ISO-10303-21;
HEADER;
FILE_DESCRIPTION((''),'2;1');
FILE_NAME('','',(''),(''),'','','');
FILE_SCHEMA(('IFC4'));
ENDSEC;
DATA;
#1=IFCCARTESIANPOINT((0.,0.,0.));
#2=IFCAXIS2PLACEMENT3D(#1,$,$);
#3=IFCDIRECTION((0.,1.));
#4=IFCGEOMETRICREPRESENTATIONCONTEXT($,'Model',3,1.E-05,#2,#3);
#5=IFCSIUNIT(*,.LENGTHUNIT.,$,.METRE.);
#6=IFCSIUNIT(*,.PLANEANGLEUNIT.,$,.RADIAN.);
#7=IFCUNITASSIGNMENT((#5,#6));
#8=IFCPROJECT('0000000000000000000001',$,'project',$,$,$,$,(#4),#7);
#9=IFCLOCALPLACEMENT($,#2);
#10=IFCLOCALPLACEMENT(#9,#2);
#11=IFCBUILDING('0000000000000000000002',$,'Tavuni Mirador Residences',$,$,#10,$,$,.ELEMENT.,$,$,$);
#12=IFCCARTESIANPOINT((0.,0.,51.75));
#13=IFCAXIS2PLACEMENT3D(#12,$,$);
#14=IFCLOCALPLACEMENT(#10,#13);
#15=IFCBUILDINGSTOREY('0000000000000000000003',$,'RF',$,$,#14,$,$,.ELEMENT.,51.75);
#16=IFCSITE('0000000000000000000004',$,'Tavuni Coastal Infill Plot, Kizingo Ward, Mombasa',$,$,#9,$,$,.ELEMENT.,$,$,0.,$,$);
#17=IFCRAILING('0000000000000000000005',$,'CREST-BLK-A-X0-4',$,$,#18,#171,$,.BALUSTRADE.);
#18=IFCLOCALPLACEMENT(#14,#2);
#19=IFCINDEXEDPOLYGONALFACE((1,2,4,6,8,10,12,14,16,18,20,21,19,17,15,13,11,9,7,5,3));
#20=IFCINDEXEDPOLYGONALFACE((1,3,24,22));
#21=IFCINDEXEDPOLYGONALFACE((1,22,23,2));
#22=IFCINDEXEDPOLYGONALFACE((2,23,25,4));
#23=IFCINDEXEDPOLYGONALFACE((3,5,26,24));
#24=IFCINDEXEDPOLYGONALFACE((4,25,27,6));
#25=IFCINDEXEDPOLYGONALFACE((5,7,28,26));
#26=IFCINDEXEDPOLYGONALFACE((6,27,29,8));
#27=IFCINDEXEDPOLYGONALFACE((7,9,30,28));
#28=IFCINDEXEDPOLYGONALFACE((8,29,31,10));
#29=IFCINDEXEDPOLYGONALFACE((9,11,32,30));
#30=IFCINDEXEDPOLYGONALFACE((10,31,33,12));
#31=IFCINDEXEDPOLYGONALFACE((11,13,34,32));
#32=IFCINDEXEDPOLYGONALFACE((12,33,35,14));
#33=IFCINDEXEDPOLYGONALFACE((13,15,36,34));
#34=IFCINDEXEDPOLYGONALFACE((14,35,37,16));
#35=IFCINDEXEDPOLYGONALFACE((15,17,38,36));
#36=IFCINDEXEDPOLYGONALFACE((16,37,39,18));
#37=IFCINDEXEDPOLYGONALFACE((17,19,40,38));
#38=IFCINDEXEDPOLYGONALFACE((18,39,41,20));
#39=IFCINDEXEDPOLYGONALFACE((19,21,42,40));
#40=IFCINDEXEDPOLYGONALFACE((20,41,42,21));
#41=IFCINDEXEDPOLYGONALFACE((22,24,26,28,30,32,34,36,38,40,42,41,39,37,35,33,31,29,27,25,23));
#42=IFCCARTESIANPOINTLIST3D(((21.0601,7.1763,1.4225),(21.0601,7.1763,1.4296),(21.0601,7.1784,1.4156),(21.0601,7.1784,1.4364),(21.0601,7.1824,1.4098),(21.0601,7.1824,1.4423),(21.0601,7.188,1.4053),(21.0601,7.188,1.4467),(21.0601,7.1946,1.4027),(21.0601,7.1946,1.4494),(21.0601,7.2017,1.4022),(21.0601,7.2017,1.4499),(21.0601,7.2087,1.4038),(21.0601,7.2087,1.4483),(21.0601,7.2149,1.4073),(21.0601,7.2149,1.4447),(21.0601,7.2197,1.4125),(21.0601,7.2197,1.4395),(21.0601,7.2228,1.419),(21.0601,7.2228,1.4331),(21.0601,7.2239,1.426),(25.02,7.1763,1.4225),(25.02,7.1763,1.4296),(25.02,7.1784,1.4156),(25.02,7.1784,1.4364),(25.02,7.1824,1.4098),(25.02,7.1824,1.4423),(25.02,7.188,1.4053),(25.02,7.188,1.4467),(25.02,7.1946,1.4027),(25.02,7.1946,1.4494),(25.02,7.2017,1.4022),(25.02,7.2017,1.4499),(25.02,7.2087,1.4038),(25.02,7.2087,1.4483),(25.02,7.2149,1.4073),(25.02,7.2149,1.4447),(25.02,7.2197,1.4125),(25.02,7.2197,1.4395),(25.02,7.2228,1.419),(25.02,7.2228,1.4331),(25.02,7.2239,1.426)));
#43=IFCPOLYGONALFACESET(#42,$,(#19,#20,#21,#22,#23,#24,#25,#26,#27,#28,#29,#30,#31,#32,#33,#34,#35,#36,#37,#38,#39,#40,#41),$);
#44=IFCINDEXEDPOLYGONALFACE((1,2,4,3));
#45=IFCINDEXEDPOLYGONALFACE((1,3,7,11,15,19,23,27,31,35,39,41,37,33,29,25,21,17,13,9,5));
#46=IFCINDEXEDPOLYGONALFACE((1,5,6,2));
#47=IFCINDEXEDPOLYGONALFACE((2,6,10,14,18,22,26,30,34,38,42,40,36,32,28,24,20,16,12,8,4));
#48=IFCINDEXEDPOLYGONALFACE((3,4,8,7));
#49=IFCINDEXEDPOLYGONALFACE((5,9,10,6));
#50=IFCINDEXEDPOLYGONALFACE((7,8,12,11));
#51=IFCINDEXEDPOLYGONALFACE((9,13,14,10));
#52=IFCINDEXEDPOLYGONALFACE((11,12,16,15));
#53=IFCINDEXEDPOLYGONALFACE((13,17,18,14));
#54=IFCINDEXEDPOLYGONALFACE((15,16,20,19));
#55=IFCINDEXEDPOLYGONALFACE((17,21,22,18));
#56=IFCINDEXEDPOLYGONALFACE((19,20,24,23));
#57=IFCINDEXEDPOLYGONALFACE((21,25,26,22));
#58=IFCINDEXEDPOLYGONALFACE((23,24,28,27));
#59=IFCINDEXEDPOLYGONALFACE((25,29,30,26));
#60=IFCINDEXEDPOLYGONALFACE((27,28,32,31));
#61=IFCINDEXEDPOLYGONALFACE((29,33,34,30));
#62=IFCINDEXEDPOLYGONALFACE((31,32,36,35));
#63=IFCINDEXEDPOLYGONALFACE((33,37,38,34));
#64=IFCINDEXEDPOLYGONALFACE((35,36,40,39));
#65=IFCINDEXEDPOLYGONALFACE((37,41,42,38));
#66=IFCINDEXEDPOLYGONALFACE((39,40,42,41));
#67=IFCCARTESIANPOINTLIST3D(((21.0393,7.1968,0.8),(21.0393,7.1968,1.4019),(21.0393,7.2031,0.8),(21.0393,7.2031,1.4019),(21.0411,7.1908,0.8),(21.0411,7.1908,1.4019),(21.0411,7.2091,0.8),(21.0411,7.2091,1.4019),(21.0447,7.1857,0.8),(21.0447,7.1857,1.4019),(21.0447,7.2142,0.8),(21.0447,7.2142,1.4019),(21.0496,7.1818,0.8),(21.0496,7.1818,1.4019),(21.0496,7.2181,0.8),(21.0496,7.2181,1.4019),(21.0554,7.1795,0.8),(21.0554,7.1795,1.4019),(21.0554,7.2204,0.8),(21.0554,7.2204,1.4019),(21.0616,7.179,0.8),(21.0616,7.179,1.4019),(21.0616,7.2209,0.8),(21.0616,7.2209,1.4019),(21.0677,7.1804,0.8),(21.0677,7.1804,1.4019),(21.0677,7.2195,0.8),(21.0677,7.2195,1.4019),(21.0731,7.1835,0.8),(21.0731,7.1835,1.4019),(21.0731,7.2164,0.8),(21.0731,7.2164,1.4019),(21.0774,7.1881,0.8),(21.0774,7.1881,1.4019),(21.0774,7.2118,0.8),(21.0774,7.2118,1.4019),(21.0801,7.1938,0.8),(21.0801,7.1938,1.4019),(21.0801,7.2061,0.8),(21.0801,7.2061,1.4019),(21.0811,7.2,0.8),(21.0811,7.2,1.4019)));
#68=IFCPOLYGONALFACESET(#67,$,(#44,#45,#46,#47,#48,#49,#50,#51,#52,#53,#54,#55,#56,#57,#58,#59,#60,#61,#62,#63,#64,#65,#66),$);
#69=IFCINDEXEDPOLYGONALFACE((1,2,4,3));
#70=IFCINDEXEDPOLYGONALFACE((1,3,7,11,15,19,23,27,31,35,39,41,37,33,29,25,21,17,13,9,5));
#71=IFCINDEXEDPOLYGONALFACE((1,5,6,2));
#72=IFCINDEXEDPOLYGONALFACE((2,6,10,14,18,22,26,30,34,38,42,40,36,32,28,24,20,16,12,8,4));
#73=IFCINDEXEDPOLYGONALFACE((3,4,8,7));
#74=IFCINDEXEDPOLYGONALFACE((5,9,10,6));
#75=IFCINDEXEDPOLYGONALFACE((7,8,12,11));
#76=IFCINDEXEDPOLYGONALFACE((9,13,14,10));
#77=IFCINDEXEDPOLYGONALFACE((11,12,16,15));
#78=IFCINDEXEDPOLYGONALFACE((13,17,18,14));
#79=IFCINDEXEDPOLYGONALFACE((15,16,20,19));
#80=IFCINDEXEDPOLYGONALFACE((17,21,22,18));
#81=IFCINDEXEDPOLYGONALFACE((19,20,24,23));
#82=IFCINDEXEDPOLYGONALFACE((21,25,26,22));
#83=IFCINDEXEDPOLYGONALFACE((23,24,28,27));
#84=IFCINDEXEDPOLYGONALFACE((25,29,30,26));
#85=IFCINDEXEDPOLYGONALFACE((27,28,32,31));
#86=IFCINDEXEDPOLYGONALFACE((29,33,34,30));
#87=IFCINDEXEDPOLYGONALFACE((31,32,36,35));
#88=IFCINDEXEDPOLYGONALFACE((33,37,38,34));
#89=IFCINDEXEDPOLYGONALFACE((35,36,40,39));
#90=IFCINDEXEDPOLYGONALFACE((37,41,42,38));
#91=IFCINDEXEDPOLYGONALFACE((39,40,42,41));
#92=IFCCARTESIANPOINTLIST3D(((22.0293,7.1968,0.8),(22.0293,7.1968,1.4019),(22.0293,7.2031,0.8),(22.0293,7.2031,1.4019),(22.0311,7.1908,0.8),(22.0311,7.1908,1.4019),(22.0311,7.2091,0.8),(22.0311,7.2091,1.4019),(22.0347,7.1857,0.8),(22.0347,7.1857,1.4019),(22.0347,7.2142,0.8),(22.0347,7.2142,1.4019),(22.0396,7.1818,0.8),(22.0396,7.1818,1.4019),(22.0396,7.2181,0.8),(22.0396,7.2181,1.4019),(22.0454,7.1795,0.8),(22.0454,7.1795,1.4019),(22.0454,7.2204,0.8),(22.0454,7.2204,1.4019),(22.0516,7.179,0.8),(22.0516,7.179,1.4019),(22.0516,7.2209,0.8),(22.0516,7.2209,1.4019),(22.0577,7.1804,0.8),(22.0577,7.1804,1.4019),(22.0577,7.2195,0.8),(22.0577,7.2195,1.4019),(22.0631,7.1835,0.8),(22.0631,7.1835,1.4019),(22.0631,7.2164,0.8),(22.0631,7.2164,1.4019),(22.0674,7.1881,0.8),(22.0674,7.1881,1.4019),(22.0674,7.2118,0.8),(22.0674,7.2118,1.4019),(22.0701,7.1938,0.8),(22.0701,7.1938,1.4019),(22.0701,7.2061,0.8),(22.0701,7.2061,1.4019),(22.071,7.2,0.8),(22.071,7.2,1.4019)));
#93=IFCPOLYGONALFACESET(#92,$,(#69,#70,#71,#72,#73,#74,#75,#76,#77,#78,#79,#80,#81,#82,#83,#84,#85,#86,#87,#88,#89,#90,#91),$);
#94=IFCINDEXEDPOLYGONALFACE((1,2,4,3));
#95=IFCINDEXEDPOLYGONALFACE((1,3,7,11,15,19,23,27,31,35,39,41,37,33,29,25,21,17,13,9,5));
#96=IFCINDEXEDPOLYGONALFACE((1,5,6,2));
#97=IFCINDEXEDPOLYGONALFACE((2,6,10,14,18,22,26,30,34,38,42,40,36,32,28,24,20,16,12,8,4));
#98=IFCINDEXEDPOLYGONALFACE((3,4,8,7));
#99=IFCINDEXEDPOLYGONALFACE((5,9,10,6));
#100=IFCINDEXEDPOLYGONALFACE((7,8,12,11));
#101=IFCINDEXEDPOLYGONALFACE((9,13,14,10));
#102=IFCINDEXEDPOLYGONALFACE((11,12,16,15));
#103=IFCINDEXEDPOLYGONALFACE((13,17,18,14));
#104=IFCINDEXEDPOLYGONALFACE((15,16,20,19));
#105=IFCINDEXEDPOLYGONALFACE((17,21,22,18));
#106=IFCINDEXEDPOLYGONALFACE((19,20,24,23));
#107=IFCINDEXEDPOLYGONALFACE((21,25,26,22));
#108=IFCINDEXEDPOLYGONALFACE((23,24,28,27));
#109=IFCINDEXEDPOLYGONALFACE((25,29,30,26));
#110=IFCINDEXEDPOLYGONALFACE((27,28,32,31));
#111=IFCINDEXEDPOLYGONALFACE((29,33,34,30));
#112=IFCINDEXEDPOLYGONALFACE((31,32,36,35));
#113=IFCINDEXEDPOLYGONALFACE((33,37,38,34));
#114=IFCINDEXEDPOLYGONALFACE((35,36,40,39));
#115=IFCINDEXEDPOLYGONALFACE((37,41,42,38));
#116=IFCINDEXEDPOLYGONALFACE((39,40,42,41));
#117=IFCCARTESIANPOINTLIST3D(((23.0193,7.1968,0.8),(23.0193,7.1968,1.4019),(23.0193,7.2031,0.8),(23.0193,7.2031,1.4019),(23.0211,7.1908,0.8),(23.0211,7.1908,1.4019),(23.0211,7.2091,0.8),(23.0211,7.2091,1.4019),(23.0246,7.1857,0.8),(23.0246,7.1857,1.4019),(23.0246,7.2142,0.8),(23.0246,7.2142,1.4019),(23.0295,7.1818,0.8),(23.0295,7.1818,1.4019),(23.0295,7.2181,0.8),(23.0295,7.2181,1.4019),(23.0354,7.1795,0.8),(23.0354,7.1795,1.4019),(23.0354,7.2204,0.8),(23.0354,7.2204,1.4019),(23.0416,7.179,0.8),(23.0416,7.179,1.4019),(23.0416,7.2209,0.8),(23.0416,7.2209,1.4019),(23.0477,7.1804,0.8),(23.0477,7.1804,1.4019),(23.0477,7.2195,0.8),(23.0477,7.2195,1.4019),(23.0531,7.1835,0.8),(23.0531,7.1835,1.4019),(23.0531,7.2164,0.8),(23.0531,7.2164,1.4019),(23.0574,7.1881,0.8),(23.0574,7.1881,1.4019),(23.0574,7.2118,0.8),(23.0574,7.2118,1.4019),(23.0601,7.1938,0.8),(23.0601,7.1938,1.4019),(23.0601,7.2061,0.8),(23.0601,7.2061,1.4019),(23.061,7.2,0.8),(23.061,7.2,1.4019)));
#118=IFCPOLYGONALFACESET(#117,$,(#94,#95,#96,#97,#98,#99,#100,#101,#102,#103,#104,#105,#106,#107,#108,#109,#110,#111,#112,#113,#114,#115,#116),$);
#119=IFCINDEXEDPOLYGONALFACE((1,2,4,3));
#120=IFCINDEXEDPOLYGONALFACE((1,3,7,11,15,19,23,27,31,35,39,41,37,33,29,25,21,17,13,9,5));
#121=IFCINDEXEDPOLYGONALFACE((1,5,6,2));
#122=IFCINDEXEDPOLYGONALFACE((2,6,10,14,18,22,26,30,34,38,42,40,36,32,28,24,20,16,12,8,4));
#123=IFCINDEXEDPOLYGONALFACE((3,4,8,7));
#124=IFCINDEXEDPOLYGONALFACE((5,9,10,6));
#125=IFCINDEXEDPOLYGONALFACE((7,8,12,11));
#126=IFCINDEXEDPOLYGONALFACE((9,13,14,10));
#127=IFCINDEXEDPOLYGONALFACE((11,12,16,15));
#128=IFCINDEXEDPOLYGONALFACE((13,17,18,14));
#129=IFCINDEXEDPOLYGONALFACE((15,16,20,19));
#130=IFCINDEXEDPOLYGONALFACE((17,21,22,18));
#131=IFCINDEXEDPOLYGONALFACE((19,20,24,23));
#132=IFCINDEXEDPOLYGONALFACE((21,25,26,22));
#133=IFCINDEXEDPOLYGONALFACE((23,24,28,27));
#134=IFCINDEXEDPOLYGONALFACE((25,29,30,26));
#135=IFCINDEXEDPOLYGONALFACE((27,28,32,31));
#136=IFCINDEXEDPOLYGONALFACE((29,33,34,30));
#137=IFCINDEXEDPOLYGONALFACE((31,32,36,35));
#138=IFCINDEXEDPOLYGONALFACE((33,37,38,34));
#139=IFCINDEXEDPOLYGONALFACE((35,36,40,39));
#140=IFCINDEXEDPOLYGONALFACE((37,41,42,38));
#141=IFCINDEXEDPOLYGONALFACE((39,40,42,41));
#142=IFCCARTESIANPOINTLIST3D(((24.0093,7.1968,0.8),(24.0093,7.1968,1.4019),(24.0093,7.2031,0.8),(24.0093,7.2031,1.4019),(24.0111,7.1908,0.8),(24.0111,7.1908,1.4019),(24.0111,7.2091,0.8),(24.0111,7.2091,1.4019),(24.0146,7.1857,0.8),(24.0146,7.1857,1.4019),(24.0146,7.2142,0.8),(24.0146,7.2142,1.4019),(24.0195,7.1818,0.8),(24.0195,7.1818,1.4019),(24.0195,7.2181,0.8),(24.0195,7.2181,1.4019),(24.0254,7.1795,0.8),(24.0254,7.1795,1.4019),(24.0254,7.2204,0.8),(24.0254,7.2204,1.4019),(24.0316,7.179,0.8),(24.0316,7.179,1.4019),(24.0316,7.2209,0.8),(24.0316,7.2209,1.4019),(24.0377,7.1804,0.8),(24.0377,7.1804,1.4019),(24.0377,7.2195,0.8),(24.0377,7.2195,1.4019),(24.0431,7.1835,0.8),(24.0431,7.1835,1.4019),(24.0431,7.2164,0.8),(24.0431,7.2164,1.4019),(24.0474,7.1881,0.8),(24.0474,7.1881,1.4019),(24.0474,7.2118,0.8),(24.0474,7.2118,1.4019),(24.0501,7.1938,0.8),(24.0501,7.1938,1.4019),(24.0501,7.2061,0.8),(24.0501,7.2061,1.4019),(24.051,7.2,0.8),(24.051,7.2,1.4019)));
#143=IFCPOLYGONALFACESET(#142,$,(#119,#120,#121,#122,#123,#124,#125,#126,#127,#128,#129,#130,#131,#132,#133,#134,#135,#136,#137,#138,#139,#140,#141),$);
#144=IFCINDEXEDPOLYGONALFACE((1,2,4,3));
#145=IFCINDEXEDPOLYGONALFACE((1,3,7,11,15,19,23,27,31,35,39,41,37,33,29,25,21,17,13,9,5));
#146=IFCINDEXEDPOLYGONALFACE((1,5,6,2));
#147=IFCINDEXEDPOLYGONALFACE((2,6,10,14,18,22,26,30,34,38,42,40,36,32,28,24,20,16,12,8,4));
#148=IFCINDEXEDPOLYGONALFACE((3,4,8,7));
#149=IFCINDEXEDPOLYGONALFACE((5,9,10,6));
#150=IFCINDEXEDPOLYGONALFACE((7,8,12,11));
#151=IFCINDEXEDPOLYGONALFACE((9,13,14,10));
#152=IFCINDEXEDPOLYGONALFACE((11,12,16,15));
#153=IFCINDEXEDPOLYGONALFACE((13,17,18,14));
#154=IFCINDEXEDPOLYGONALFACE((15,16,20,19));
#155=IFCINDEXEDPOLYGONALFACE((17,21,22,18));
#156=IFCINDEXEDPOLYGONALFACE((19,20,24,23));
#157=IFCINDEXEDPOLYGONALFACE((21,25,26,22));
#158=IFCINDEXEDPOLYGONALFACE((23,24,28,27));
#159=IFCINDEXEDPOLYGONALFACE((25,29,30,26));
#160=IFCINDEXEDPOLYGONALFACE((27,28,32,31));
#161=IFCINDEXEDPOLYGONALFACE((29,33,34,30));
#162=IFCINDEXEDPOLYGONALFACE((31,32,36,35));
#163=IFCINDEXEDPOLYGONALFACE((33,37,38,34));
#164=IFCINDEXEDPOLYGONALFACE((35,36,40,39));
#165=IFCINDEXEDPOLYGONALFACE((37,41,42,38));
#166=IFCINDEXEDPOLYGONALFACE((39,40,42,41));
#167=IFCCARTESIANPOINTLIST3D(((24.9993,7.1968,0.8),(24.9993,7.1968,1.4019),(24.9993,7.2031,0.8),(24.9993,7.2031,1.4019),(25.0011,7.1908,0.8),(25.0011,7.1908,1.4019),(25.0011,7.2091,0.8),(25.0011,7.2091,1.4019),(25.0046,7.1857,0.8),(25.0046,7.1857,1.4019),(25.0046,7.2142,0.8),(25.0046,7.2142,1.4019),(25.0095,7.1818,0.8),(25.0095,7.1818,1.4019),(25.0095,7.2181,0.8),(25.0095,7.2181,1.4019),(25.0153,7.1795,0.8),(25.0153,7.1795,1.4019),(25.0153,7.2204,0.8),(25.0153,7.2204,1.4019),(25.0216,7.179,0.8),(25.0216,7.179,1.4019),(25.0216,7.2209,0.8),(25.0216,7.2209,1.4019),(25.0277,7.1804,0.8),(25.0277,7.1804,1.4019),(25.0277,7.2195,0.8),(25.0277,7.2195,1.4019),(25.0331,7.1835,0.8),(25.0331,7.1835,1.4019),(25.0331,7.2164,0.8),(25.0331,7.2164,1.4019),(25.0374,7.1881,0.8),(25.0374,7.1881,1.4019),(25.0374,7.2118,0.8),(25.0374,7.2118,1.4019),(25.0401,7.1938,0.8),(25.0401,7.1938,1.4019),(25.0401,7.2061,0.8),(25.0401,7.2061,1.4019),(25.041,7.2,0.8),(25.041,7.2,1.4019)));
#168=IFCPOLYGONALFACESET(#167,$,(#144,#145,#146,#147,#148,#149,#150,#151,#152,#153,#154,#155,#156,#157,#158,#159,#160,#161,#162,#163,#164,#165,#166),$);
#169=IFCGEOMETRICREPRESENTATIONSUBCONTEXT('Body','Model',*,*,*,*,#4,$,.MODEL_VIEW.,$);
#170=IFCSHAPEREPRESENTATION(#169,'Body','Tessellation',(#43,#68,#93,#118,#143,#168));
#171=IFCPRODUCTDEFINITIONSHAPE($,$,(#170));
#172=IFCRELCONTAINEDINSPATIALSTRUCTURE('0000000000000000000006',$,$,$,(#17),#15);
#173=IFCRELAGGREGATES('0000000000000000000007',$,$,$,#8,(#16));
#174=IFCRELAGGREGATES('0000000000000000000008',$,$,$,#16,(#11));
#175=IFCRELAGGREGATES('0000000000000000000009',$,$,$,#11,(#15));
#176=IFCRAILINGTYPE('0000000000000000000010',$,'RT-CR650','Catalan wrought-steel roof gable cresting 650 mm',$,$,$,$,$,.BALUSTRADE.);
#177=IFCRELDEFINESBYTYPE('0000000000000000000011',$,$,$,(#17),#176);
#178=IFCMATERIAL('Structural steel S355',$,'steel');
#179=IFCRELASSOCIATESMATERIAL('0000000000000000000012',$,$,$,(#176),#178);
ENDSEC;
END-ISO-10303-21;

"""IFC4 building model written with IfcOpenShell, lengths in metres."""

from ifc_helpers import new_model, si_unit, direction, frame, origin, origin_2d, place, context, subcontext, project, spatial, circle, extrude, material, type_object, element, save


model = new_model("IFC4")

# Units and contexts
model_context = context("Model", 3, precision=1e-05, world=origin(), true_north=direction((0.0, 1.0)))
body_context = subcontext(model_context, "Body", "Model", "MODEL_VIEW")
ifc_project = project(units=[si_unit("LENGTHUNIT", "METRE"), si_unit("PLANEANGLEUNIT", "RADIAN")], contexts=[model_context])

# Site, building, storey
site_placement = place(None, origin())
site = spatial("IfcSite", under=ifc_project, at=site_placement, Name="Tavuni Coastal Infill Plot, Kizingo Ward, Mombasa", CompositionType="ELEMENT", RefElevation=0.0)
building_placement = place(site_placement, origin())
building = spatial("IfcBuilding", under=site, at=building_placement, Name="Tavuni Mirador Residences", CompositionType="ELEMENT")
storey_placement = place(building_placement, frame((0.0, 0.0, 51.75)))
storey = spatial("IfcBuildingStorey", under=building, at=storey_placement, Name="RF", CompositionType="ELEMENT", Elevation=51.75)

# Shared definitions
ifc_material_1 = material(Name="Structural steel S355", Category="steel")

# Railing
railing_type = type_object("IfcRailingType", Name="RT-CR650", Description="Catalan wrought-steel roof gable cresting 650 mm", PredefinedType="BALUSTRADE", material=ifc_material_1)
for number, where, name in (
    (1, (21.0601, 7.2, 0.8), "CREST-BLK-A-X0-4"),
):
    element("IfcRailing", number, at=place(storey_placement, frame(where)), inside=storey, type_object=railing_type, Name=name, PredefinedType="BALUSTRADE", context=body_context, shape_type="SweptSolid", body=[
        extrude(circle(Radius=0.0239, at=origin_2d()), frame((0.0, 0.0, 0.626), z_axis=(1.0, 0.0, 0.0), x_axis=(0.0, 1.0, 0.0)), (0.0, 0.0, 1.0), 3.96),
        extrude(circle(Radius=0.021, at=origin_2d()), origin(), (0.0, 0.0, 1.0), 0.6018),
        extrude(circle(Radius=0.021, at=origin_2d()), frame((0.99, 0.0, 0.0)), (0.0, 0.0, 1.0), 0.6018),
        extrude(circle(Radius=0.021, at=origin_2d()), frame((1.98, 0.0, 0.0)), (0.0, 0.0, 1.0), 0.6018),
        extrude(circle(Radius=0.021, at=origin_2d()), frame((2.97, 0.0, 0.0)), (0.0, 0.0, 1.0), 0.6018),
        extrude(circle(Radius=0.021, at=origin_2d()), frame((3.96, 0.0, 0.0)), (0.0, 0.0, 1.0), 0.6018),
    ])

save(model, "model.ifc")
